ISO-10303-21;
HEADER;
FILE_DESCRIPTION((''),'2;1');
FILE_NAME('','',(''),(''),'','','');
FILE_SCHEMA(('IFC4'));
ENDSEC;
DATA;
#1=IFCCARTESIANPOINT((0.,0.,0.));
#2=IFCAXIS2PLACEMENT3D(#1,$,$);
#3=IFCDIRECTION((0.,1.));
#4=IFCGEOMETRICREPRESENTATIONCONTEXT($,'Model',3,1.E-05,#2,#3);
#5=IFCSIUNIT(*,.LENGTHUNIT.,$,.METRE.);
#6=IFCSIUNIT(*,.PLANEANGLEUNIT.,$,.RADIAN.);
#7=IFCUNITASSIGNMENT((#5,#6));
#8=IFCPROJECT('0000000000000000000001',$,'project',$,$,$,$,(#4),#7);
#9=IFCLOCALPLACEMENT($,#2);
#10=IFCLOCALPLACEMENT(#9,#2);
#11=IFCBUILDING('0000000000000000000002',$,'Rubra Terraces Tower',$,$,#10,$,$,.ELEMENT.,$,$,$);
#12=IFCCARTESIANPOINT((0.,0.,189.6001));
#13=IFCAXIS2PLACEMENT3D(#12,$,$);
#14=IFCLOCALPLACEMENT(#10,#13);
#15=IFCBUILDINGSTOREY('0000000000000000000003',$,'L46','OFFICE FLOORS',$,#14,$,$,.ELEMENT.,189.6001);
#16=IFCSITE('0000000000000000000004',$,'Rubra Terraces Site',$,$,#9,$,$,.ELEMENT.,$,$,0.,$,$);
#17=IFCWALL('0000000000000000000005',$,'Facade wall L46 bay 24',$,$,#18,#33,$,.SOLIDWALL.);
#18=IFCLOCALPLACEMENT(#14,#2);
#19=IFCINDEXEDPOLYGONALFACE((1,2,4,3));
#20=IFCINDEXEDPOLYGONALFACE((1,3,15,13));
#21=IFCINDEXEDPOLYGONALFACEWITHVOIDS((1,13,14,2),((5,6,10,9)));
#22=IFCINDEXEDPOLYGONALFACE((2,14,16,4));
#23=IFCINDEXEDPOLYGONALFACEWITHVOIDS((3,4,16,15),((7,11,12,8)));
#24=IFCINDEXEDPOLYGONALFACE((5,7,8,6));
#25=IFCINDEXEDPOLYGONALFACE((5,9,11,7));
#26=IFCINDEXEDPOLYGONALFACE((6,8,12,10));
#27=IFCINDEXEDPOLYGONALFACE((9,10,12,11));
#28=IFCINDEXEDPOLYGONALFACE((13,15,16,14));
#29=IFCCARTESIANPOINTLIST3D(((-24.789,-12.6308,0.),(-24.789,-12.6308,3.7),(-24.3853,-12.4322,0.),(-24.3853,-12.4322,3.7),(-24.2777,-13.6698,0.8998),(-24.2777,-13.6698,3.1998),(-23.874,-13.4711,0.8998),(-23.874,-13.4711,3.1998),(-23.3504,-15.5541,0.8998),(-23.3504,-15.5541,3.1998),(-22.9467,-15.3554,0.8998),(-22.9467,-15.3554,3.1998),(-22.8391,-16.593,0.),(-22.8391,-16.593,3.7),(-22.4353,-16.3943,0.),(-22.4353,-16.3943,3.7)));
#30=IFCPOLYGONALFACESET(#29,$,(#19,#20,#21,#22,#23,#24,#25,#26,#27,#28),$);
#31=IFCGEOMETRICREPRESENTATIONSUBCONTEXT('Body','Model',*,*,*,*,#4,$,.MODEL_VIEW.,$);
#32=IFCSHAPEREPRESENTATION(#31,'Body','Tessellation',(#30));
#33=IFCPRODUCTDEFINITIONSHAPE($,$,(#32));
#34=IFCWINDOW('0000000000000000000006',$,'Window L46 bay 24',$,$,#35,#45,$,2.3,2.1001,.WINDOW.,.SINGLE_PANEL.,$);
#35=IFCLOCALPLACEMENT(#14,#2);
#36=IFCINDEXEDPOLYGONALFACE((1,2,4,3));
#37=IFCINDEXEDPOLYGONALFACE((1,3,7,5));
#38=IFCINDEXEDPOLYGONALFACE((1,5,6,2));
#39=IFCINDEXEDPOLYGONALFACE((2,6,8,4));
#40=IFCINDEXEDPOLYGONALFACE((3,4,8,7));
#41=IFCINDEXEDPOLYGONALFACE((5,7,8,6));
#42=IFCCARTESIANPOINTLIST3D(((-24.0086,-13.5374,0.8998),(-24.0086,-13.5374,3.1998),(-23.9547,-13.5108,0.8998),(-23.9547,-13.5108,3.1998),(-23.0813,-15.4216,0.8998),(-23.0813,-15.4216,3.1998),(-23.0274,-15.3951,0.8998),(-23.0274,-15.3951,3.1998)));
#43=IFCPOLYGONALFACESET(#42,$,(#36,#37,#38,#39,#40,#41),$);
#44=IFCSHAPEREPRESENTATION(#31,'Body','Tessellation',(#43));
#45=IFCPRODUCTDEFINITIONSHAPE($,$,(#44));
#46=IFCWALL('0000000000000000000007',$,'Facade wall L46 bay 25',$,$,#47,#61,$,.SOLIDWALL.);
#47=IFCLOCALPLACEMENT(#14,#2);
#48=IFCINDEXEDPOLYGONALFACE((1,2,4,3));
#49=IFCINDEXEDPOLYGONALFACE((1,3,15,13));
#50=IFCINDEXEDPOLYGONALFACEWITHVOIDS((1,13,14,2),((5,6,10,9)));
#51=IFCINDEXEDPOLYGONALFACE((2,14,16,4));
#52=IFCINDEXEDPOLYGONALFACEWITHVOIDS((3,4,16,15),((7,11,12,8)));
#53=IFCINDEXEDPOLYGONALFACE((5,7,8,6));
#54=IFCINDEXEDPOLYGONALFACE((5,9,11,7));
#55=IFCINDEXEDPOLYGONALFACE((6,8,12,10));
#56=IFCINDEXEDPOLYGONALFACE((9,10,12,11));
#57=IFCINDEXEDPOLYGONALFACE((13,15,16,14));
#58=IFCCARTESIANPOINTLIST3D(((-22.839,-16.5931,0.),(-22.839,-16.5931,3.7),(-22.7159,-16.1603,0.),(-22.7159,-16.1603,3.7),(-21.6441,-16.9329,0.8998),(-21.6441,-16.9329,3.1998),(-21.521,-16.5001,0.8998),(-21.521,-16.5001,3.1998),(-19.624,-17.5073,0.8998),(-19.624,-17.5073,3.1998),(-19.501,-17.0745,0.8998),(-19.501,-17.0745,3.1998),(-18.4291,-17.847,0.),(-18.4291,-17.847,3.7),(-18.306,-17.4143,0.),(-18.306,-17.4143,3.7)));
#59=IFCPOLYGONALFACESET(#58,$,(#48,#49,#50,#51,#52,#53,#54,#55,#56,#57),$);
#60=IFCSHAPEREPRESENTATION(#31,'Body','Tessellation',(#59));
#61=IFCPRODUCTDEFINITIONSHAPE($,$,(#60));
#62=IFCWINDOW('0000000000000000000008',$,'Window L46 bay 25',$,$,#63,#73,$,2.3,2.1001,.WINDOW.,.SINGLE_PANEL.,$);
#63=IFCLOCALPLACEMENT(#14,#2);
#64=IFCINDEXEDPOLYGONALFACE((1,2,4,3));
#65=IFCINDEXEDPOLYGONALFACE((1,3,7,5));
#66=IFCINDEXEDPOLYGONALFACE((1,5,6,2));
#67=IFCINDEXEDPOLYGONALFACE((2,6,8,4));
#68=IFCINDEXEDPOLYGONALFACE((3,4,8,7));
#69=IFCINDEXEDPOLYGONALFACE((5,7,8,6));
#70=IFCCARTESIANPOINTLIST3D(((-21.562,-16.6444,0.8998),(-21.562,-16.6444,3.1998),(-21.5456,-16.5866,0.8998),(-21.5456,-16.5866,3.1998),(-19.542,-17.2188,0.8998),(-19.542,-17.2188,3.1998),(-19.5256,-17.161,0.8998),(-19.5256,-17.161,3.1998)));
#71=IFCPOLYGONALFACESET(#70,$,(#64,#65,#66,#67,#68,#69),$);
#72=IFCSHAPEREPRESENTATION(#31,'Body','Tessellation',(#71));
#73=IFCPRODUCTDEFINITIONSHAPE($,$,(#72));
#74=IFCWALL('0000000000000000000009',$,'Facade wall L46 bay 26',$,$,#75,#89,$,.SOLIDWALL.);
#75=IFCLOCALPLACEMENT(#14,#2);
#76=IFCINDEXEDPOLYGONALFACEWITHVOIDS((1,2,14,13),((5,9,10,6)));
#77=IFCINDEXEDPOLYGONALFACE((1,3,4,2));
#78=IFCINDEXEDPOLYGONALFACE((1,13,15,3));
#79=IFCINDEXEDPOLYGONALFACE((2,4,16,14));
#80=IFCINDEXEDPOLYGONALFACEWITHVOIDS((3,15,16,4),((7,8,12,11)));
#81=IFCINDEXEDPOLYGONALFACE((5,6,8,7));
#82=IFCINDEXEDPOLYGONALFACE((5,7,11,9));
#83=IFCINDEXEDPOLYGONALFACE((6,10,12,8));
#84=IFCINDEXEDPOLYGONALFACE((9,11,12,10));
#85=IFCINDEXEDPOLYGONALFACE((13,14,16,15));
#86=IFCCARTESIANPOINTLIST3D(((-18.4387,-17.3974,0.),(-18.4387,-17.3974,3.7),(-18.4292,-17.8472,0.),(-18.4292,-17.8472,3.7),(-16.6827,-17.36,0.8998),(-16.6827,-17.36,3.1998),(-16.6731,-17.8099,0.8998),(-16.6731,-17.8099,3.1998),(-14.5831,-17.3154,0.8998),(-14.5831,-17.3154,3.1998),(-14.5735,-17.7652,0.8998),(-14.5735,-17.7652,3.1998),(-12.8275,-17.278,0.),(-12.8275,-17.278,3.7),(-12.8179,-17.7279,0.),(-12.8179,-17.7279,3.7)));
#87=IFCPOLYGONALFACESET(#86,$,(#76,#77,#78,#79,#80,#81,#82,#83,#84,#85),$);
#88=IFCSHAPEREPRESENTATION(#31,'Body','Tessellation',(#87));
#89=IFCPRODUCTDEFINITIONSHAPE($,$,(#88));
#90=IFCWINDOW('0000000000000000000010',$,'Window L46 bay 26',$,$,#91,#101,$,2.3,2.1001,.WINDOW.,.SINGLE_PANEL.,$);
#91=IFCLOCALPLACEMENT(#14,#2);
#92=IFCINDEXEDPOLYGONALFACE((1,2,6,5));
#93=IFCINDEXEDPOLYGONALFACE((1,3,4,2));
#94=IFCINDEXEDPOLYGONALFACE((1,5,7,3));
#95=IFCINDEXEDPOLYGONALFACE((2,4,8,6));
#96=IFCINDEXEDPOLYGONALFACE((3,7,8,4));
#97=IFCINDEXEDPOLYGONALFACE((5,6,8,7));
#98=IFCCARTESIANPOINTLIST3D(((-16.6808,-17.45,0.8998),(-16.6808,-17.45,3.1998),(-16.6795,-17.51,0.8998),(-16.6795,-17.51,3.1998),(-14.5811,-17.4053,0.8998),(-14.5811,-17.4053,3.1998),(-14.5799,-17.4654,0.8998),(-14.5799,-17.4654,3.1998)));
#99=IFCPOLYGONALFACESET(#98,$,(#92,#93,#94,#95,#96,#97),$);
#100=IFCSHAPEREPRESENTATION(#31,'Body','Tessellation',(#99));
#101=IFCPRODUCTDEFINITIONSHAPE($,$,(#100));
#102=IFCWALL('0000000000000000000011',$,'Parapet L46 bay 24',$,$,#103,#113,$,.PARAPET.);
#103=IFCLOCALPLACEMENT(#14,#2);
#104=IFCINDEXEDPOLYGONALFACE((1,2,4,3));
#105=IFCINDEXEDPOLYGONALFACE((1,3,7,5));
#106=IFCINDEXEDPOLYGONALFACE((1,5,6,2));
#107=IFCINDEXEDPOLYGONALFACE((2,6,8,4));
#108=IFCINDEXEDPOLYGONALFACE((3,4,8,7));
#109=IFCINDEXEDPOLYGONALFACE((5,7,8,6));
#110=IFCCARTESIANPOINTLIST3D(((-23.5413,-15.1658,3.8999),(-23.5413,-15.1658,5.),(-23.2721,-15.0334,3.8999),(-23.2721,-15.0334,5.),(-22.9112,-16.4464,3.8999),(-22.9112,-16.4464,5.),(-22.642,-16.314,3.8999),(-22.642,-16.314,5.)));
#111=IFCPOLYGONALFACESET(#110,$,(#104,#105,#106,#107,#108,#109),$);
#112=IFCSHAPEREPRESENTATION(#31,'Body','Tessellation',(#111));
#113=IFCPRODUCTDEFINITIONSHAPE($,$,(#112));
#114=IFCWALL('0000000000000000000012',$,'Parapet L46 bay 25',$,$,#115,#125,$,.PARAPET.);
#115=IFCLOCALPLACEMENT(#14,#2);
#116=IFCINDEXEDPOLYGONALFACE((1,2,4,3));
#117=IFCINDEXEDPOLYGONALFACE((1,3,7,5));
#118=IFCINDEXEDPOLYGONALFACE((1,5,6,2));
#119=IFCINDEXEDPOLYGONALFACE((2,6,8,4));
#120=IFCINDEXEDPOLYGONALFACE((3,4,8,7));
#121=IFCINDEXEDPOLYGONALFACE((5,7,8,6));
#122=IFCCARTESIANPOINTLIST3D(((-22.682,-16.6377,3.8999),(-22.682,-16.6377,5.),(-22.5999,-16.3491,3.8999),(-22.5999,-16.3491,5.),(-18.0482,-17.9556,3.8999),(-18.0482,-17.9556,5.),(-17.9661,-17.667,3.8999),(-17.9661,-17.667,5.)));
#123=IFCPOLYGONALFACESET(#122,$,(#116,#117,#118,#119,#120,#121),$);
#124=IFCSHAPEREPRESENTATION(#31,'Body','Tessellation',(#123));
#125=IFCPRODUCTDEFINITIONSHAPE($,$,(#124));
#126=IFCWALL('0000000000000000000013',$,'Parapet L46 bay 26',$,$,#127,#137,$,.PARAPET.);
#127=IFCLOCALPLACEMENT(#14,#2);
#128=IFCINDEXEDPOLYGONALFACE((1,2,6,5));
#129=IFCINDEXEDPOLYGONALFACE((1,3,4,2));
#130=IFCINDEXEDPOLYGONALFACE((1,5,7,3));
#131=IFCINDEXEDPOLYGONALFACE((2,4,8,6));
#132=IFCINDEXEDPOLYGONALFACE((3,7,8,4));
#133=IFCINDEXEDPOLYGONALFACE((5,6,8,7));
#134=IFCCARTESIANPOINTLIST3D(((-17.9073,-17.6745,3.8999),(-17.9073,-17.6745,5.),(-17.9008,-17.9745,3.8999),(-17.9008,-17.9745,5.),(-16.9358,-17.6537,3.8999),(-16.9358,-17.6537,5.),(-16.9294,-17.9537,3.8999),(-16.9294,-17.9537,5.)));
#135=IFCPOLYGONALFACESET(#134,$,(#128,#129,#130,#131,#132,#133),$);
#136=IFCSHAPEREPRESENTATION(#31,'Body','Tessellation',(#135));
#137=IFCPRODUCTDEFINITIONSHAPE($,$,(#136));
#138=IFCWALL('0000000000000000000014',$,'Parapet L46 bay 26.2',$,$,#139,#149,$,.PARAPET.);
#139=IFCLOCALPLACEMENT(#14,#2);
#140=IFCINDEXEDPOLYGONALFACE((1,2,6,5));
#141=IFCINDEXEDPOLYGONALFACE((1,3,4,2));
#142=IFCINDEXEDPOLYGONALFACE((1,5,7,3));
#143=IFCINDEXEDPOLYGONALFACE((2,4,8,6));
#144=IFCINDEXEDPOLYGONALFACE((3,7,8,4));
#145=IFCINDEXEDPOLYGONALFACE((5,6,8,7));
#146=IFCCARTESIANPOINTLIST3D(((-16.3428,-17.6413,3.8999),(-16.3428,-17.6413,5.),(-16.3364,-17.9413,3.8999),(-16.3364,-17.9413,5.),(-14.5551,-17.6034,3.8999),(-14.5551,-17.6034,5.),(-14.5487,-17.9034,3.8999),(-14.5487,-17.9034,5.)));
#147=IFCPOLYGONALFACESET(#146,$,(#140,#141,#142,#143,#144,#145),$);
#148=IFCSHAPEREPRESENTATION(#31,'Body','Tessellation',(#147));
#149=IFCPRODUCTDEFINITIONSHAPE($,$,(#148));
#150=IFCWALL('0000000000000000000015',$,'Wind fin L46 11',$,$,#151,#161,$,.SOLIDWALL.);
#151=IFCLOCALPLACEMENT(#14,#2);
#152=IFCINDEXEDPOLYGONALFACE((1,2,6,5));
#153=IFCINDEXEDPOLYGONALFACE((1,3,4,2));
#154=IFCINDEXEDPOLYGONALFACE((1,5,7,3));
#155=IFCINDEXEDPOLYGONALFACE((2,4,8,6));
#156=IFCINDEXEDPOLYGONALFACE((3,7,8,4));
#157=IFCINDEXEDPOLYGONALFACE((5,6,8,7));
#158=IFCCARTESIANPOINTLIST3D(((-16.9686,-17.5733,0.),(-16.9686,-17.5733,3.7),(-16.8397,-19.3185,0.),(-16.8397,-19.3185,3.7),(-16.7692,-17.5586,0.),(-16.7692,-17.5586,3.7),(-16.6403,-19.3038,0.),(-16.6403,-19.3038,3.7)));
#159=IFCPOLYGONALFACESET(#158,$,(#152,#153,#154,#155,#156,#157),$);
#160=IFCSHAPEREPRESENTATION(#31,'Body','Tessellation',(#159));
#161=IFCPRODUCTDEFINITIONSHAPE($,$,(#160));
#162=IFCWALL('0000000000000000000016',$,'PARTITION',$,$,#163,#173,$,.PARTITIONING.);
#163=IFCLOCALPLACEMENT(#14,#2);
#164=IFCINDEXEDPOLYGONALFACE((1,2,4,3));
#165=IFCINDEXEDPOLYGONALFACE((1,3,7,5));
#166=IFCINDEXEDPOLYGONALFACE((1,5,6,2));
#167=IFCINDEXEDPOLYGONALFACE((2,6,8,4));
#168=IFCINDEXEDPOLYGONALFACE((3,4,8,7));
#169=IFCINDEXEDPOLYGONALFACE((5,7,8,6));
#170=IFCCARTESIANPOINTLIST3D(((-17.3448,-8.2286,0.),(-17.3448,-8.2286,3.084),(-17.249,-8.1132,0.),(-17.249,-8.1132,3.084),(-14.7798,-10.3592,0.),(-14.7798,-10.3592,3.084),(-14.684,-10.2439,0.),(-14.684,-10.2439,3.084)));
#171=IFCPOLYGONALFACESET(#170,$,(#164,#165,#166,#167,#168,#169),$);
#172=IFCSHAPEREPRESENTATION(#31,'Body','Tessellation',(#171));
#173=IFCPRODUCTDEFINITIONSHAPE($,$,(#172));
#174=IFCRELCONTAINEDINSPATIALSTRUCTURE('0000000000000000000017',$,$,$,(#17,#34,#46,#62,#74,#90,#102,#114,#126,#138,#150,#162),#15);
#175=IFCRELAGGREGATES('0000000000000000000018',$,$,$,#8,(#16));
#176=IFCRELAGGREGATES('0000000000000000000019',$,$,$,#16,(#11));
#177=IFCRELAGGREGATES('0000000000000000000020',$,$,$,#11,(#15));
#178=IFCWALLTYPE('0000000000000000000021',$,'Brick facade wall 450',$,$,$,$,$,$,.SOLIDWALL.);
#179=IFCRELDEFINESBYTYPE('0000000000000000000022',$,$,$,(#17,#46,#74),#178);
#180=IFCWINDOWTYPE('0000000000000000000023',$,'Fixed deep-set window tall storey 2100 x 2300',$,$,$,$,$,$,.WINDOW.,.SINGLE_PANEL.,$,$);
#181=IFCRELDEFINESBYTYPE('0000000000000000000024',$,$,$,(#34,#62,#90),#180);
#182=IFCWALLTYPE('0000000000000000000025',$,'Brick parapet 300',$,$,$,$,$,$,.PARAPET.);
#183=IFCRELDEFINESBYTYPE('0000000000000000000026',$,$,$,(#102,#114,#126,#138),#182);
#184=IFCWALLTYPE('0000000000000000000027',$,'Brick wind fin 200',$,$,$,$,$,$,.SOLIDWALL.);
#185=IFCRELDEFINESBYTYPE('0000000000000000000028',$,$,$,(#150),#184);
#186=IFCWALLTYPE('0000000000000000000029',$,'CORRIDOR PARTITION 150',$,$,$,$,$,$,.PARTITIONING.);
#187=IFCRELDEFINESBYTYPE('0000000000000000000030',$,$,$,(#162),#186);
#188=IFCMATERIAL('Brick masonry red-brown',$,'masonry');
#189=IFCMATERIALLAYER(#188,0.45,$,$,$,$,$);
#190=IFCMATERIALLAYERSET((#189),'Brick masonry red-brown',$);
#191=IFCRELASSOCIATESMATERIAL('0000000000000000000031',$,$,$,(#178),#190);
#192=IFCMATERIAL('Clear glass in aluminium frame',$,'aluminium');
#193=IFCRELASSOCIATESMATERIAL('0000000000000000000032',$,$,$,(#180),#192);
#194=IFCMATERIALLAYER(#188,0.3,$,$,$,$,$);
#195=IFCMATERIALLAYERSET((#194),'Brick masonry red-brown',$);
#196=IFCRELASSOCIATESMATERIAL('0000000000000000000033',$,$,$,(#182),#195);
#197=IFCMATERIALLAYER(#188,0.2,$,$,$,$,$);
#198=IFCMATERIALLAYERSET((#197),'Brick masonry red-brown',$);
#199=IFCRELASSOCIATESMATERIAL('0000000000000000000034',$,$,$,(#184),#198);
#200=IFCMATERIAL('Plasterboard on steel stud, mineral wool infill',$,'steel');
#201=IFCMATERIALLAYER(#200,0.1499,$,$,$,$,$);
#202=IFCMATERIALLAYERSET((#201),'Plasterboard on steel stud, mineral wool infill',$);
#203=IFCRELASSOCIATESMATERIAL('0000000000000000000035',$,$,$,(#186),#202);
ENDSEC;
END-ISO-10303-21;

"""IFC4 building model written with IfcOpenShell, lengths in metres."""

from ifc_helpers import new_model, si_unit, direction, frame, frame_2d, origin, place, context, subcontext, project, spatial, rectangle, extrude, material, layer, layer_set, type_object, element, fill, save


model = new_model("IFC4")

# Units and contexts
model_context = context("Model", 3, precision=1e-05, world=origin(), true_north=direction((0.0, 1.0)))
body_context = subcontext(model_context, "Body", "Model", "MODEL_VIEW")
ifc_project = project(units=[si_unit("LENGTHUNIT", "METRE"), si_unit("PLANEANGLEUNIT", "RADIAN")], contexts=[model_context])

# Site, building, storey
site_placement = place(None, origin())
site = spatial("IfcSite", under=ifc_project, at=site_placement, Name="Rubra Terraces Site", CompositionType="ELEMENT", RefElevation=0.0)
building_placement = place(site_placement, origin())
building = spatial("IfcBuilding", under=site, at=building_placement, Name="Rubra Terraces Tower", CompositionType="ELEMENT")
storey_placement = place(building_placement, frame((0.0, 0.0, 189.6001)))
storey = spatial("IfcBuildingStorey", under=building, at=storey_placement, Name="L46", Description="OFFICE FLOORS", CompositionType="ELEMENT", Elevation=189.6001)

# Walls, openings, windows
ifc_material_1 = material(Name="Brick masonry red-brown", Category="masonry")
ifc_layer_1 = layer(ifc_material_1, 0.45)
ifc_layer_set_1 = layer_set([ifc_layer_1], Name="Brick masonry red-brown")
wall_type_1 = type_object("IfcWallType", Name="Brick facade wall 450", PredefinedType="SOLIDWALL", material=ifc_layer_set_1)
wall_1_placement = place(storey_placement, frame((-24.5872, -12.5315, 0.0), z_axis=(0.0, 0.0, 1.0), x_axis=(0.441566, -0.897229, 0.0)))
wall_1 = element("IfcWall", 1, at=wall_1_placement, inside=storey, type_object=wall_type_1, Name="Facade wall L46 bay 24", PredefinedType="SOLIDWALL", context=body_context, shape_type="SweptSolid", body=[
    extrude(rectangle(XDim=4.416, YDim=0.45, at=frame_2d((2.208, 0.0))), origin(), (0.0, 0.0, 1.0), 3.7),
])
opening_1_placement = place(wall_1_placement, frame((1.158, 0.0, 0.8999)))
opening_1 = element("IfcOpeningElement", 2, at=opening_1_placement, cuts=wall_1, PredefinedType="OPENING", context=body_context, shape_type="SweptSolid", body=[
    extrude(rectangle(XDim=2.1001, YDim=2.3, at=frame_2d((1.05, 1.1499))), frame((0.0, 0.2349, 0.0), z_axis=(0.0, -1.0, 0.0), x_axis=(1.0, 0.0, 0.0)), (0.0, 0.0, 1.0), 0.47),
])
ifc_material_2 = material(Name="Clear glass in aluminium frame", Category="aluminium")
window_type = type_object("IfcWindowType", Name="Fixed deep-set window tall storey 2100 x 2300", PartitioningType="SINGLE_PANEL", PredefinedType="WINDOW", material=ifc_material_2)
window_1_placement = place(opening_1_placement, origin())
window_1 = element("IfcWindow", 3, at=window_1_placement, inside=storey, type_object=window_type, Name="Window L46 bay 24", OverallHeight=2.3, OverallWidth=2.1001, PartitioningType="SINGLE_PANEL", PredefinedType="WINDOW", context=body_context, shape_type="SweptSolid", body=[
    extrude(rectangle(XDim=2.1001, YDim=2.3, at=frame_2d((1.05, 1.1499))), frame((0.0, 0.135, 0.0), z_axis=(0.0, -1.0, 0.0), x_axis=(1.0, 0.0, 0.0)), (0.0, 0.0, 1.0), 0.0601),
])
fill(opening_1, window_1)
wall_2_placement = place(storey_placement, frame((-22.7776, -16.3767, 0.0), z_axis=(0.0, 0.0, 1.0), x_axis=(0.961873, -0.273497, 0.0)))
wall_2 = element("IfcWall", 4, at=wall_2_placement, inside=storey, type_object=wall_type_1, Name="Facade wall L46 bay 25", PredefinedType="SOLIDWALL", context=body_context, shape_type="SweptSolid", body=[
    extrude(rectangle(XDim=4.5847, YDim=0.45, at=frame_2d((2.2925, 0.0))), origin(), (0.0, 0.0, 1.0), 3.7),
])
opening_2_placement = place(wall_2_placement, frame((1.2424, 0.0, 0.8999)))
opening_2 = element("IfcOpeningElement", 5, at=opening_2_placement, cuts=wall_2, PredefinedType="OPENING", context=body_context, shape_type="SweptSolid", body=[
    extrude(rectangle(XDim=2.1001, YDim=2.3, at=frame_2d((1.05, 1.1499))), frame((0.0, 0.2349, 0.0), z_axis=(0.0, -1.0, 0.0), x_axis=(1.0, 0.0, 0.0)), (0.0, 0.0, 1.0), 0.47),
])
window_2_placement = place(opening_2_placement, origin())
window_2 = element("IfcWindow", 6, at=window_2_placement, inside=storey, type_object=window_type, Name="Window L46 bay 25", OverallHeight=2.3, OverallWidth=2.1001, PartitioningType="SINGLE_PANEL", PredefinedType="WINDOW", context=body_context, shape_type="SweptSolid", body=[
    extrude(rectangle(XDim=2.1001, YDim=2.3, at=frame_2d((1.05, 1.1499))), frame((0.0, 0.135, 0.0), z_axis=(0.0, -1.0, 0.0), x_axis=(1.0, 0.0, 0.0)), (0.0, 0.0, 1.0), 0.0601),
])
fill(opening_2, window_2)
wall_3_placement = place(storey_placement, frame((-18.4338, -17.6223, 0.0), z_axis=(0.0, 0.0, 1.0), x_axis=(0.999774, 0.021271, 0.0)))
wall_3 = element("IfcWall", 7, at=wall_3_placement, inside=storey, type_object=wall_type_1, Name="Facade wall L46 bay 26", PredefinedType="SOLIDWALL", context=body_context, shape_type="SweptSolid", body=[
    extrude(rectangle(XDim=5.6125, YDim=0.45, at=frame_2d((2.8062, 0.0))), origin(), (0.0, 0.0, 1.0), 3.7),
])
opening_3_placement = place(wall_3_placement, frame((1.7563, 0.0, 0.8999)))
opening_3 = element("IfcOpeningElement", 8, at=opening_3_placement, cuts=wall_3, PredefinedType="OPENING", context=body_context, shape_type="SweptSolid", body=[
    extrude(rectangle(XDim=2.1001, YDim=2.3, at=frame_2d((1.05, 1.1499))), frame((0.0, 0.2349, 0.0), z_axis=(0.0, -1.0, 0.0), x_axis=(1.0, 0.0, 0.0)), (0.0, 0.0, 1.0), 0.47),
])
window_3_placement = place(opening_3_placement, origin())
window_3 = element("IfcWindow", 9, at=window_3_placement, inside=storey, type_object=window_type, Name="Window L46 bay 26", OverallHeight=2.3, OverallWidth=2.1001, PartitioningType="SINGLE_PANEL", PredefinedType="WINDOW", context=body_context, shape_type="SweptSolid", body=[
    extrude(rectangle(XDim=2.1001, YDim=2.3, at=frame_2d((1.05, 1.1499))), frame((0.0, 0.135, 0.0), z_axis=(0.0, -1.0, 0.0), x_axis=(1.0, 0.0, 0.0)), (0.0, 0.0, 1.0), 0.0601),
])
fill(opening_3, window_3)

# Walls
ifc_layer_2 = layer(ifc_material_1, 0.3)
ifc_layer_set_2 = layer_set([ifc_layer_2], Name="Brick masonry red-brown")
wall_type_2 = type_object("IfcWallType", Name="Brick parapet 300", PredefinedType="PARAPET", material=ifc_layer_set_2)
wall_4_placement = place(storey_placement, frame((-23.4067, -15.0996, 3.8999), z_axis=(0.0, 0.0, 1.0), x_axis=(0.441525, -0.897249, 0.0)))
element("IfcWall", 10, at=wall_4_placement, inside=storey, type_object=wall_type_2, Name="Parapet L46 bay 24", PredefinedType="PARAPET", context=body_context, shape_type="SweptSolid", body=[
    extrude(rectangle(XDim=1.4272, YDim=0.3, at=frame_2d((0.7136, 0.0))), origin(), (0.0, 0.0, 1.0), 1.1001),
])
wall_5_placement = place(storey_placement, frame((-22.6409, -16.4934, 3.8999), z_axis=(0.0, 0.0, 1.0), x_axis=(0.961856, -0.273556, 0.0)))
element("IfcWall", 11, at=wall_5_placement, inside=storey, type_object=wall_type_2, Name="Parapet L46 bay 25", PredefinedType="PARAPET", context=body_context, shape_type="SweptSolid", body=[
    extrude(rectangle(XDim=4.8176, YDim=0.3, at=frame_2d((2.4087, 0.0))), origin(), (0.0, 0.0, 1.0), 1.1001),
])
wall_6_placement = place(storey_placement, frame((-17.9041, -17.8245, 3.8999), z_axis=(0.0, 0.0, 1.0), x_axis=(0.999772, 0.021357, 0.0)))
element("IfcWall", 12, at=wall_6_placement, inside=storey, type_object=wall_type_2, Name="Parapet L46 bay 26", PredefinedType="PARAPET", context=body_context, shape_type="SweptSolid", body=[
    extrude(rectangle(XDim=0.9717, YDim=0.3, at=frame_2d((0.4858, 0.0))), origin(), (0.0, 0.0, 1.0), 1.1001),
])
wall_7_placement = place(storey_placement, frame((-16.3396, -17.7913, 3.8999), z_axis=(0.0, 0.0, 1.0), x_axis=(0.999776, 0.021164, 0.0)))
element("IfcWall", 13, at=wall_7_placement, inside=storey, type_object=wall_type_2, Name="Parapet L46 bay 26.2", PredefinedType="PARAPET", context=body_context, shape_type="SweptSolid", body=[
    extrude(rectangle(XDim=1.7881, YDim=0.3, at=frame_2d((0.894, 0.0))), origin(), (0.0, 0.0, 1.0), 1.1001),
])
ifc_layer_3 = layer(ifc_material_1, 0.2)
ifc_layer_set_3 = layer_set([ifc_layer_3], Name="Brick masonry red-brown")
wall_type_3 = type_object("IfcWallType", Name="Brick wind fin 200", PredefinedType="SOLIDWALL", material=ifc_layer_set_3)
wall_8_placement = place(storey_placement, frame((-16.8689, -17.5659, 0.0), z_axis=(0.0, 0.0, 1.0), x_axis=(0.073656, -0.997284, 0.0)))
element("IfcWall", 14, at=wall_8_placement, inside=storey, type_object=wall_type_3, Name="Wind fin L46 11", PredefinedType="SOLIDWALL", context=body_context, shape_type="SweptSolid", body=[
    extrude(rectangle(XDim=1.75, YDim=0.2, at=frame_2d((0.875, 0.0))), origin(), (0.0, 0.0, 1.0), 3.7),
])
ifc_material_3 = material(Name="Plasterboard on steel stud, mineral wool infill", Category="steel")
ifc_layer_4 = layer(ifc_material_3, 0.1499)
ifc_layer_set_4 = layer_set([ifc_layer_4], Name="Plasterboard on steel stud, mineral wool infill")
wall_type_4 = type_object("IfcWallType", Name="CORRIDOR PARTITION 150", PredefinedType="PARTITIONING", material=ifc_layer_set_4)
wall_9_placement = place(storey_placement, frame((-17.2969, -8.1709, 0.0), z_axis=(0.0, 0.0, 1.0), x_axis=(0.769229, -0.638974, 0.0)))
element("IfcWall", 15, at=wall_9_placement, inside=storey, type_object=wall_type_4, Name="PARTITION", PredefinedType="PARTITIONING", context=body_context, shape_type="SweptSolid", body=[
    extrude(rectangle(XDim=3.3345, YDim=0.1499, at=frame_2d((1.6672, 0.0))), origin(), (0.0, 0.0, 1.0), 3.084),
])

save(model, "model.ifc")
